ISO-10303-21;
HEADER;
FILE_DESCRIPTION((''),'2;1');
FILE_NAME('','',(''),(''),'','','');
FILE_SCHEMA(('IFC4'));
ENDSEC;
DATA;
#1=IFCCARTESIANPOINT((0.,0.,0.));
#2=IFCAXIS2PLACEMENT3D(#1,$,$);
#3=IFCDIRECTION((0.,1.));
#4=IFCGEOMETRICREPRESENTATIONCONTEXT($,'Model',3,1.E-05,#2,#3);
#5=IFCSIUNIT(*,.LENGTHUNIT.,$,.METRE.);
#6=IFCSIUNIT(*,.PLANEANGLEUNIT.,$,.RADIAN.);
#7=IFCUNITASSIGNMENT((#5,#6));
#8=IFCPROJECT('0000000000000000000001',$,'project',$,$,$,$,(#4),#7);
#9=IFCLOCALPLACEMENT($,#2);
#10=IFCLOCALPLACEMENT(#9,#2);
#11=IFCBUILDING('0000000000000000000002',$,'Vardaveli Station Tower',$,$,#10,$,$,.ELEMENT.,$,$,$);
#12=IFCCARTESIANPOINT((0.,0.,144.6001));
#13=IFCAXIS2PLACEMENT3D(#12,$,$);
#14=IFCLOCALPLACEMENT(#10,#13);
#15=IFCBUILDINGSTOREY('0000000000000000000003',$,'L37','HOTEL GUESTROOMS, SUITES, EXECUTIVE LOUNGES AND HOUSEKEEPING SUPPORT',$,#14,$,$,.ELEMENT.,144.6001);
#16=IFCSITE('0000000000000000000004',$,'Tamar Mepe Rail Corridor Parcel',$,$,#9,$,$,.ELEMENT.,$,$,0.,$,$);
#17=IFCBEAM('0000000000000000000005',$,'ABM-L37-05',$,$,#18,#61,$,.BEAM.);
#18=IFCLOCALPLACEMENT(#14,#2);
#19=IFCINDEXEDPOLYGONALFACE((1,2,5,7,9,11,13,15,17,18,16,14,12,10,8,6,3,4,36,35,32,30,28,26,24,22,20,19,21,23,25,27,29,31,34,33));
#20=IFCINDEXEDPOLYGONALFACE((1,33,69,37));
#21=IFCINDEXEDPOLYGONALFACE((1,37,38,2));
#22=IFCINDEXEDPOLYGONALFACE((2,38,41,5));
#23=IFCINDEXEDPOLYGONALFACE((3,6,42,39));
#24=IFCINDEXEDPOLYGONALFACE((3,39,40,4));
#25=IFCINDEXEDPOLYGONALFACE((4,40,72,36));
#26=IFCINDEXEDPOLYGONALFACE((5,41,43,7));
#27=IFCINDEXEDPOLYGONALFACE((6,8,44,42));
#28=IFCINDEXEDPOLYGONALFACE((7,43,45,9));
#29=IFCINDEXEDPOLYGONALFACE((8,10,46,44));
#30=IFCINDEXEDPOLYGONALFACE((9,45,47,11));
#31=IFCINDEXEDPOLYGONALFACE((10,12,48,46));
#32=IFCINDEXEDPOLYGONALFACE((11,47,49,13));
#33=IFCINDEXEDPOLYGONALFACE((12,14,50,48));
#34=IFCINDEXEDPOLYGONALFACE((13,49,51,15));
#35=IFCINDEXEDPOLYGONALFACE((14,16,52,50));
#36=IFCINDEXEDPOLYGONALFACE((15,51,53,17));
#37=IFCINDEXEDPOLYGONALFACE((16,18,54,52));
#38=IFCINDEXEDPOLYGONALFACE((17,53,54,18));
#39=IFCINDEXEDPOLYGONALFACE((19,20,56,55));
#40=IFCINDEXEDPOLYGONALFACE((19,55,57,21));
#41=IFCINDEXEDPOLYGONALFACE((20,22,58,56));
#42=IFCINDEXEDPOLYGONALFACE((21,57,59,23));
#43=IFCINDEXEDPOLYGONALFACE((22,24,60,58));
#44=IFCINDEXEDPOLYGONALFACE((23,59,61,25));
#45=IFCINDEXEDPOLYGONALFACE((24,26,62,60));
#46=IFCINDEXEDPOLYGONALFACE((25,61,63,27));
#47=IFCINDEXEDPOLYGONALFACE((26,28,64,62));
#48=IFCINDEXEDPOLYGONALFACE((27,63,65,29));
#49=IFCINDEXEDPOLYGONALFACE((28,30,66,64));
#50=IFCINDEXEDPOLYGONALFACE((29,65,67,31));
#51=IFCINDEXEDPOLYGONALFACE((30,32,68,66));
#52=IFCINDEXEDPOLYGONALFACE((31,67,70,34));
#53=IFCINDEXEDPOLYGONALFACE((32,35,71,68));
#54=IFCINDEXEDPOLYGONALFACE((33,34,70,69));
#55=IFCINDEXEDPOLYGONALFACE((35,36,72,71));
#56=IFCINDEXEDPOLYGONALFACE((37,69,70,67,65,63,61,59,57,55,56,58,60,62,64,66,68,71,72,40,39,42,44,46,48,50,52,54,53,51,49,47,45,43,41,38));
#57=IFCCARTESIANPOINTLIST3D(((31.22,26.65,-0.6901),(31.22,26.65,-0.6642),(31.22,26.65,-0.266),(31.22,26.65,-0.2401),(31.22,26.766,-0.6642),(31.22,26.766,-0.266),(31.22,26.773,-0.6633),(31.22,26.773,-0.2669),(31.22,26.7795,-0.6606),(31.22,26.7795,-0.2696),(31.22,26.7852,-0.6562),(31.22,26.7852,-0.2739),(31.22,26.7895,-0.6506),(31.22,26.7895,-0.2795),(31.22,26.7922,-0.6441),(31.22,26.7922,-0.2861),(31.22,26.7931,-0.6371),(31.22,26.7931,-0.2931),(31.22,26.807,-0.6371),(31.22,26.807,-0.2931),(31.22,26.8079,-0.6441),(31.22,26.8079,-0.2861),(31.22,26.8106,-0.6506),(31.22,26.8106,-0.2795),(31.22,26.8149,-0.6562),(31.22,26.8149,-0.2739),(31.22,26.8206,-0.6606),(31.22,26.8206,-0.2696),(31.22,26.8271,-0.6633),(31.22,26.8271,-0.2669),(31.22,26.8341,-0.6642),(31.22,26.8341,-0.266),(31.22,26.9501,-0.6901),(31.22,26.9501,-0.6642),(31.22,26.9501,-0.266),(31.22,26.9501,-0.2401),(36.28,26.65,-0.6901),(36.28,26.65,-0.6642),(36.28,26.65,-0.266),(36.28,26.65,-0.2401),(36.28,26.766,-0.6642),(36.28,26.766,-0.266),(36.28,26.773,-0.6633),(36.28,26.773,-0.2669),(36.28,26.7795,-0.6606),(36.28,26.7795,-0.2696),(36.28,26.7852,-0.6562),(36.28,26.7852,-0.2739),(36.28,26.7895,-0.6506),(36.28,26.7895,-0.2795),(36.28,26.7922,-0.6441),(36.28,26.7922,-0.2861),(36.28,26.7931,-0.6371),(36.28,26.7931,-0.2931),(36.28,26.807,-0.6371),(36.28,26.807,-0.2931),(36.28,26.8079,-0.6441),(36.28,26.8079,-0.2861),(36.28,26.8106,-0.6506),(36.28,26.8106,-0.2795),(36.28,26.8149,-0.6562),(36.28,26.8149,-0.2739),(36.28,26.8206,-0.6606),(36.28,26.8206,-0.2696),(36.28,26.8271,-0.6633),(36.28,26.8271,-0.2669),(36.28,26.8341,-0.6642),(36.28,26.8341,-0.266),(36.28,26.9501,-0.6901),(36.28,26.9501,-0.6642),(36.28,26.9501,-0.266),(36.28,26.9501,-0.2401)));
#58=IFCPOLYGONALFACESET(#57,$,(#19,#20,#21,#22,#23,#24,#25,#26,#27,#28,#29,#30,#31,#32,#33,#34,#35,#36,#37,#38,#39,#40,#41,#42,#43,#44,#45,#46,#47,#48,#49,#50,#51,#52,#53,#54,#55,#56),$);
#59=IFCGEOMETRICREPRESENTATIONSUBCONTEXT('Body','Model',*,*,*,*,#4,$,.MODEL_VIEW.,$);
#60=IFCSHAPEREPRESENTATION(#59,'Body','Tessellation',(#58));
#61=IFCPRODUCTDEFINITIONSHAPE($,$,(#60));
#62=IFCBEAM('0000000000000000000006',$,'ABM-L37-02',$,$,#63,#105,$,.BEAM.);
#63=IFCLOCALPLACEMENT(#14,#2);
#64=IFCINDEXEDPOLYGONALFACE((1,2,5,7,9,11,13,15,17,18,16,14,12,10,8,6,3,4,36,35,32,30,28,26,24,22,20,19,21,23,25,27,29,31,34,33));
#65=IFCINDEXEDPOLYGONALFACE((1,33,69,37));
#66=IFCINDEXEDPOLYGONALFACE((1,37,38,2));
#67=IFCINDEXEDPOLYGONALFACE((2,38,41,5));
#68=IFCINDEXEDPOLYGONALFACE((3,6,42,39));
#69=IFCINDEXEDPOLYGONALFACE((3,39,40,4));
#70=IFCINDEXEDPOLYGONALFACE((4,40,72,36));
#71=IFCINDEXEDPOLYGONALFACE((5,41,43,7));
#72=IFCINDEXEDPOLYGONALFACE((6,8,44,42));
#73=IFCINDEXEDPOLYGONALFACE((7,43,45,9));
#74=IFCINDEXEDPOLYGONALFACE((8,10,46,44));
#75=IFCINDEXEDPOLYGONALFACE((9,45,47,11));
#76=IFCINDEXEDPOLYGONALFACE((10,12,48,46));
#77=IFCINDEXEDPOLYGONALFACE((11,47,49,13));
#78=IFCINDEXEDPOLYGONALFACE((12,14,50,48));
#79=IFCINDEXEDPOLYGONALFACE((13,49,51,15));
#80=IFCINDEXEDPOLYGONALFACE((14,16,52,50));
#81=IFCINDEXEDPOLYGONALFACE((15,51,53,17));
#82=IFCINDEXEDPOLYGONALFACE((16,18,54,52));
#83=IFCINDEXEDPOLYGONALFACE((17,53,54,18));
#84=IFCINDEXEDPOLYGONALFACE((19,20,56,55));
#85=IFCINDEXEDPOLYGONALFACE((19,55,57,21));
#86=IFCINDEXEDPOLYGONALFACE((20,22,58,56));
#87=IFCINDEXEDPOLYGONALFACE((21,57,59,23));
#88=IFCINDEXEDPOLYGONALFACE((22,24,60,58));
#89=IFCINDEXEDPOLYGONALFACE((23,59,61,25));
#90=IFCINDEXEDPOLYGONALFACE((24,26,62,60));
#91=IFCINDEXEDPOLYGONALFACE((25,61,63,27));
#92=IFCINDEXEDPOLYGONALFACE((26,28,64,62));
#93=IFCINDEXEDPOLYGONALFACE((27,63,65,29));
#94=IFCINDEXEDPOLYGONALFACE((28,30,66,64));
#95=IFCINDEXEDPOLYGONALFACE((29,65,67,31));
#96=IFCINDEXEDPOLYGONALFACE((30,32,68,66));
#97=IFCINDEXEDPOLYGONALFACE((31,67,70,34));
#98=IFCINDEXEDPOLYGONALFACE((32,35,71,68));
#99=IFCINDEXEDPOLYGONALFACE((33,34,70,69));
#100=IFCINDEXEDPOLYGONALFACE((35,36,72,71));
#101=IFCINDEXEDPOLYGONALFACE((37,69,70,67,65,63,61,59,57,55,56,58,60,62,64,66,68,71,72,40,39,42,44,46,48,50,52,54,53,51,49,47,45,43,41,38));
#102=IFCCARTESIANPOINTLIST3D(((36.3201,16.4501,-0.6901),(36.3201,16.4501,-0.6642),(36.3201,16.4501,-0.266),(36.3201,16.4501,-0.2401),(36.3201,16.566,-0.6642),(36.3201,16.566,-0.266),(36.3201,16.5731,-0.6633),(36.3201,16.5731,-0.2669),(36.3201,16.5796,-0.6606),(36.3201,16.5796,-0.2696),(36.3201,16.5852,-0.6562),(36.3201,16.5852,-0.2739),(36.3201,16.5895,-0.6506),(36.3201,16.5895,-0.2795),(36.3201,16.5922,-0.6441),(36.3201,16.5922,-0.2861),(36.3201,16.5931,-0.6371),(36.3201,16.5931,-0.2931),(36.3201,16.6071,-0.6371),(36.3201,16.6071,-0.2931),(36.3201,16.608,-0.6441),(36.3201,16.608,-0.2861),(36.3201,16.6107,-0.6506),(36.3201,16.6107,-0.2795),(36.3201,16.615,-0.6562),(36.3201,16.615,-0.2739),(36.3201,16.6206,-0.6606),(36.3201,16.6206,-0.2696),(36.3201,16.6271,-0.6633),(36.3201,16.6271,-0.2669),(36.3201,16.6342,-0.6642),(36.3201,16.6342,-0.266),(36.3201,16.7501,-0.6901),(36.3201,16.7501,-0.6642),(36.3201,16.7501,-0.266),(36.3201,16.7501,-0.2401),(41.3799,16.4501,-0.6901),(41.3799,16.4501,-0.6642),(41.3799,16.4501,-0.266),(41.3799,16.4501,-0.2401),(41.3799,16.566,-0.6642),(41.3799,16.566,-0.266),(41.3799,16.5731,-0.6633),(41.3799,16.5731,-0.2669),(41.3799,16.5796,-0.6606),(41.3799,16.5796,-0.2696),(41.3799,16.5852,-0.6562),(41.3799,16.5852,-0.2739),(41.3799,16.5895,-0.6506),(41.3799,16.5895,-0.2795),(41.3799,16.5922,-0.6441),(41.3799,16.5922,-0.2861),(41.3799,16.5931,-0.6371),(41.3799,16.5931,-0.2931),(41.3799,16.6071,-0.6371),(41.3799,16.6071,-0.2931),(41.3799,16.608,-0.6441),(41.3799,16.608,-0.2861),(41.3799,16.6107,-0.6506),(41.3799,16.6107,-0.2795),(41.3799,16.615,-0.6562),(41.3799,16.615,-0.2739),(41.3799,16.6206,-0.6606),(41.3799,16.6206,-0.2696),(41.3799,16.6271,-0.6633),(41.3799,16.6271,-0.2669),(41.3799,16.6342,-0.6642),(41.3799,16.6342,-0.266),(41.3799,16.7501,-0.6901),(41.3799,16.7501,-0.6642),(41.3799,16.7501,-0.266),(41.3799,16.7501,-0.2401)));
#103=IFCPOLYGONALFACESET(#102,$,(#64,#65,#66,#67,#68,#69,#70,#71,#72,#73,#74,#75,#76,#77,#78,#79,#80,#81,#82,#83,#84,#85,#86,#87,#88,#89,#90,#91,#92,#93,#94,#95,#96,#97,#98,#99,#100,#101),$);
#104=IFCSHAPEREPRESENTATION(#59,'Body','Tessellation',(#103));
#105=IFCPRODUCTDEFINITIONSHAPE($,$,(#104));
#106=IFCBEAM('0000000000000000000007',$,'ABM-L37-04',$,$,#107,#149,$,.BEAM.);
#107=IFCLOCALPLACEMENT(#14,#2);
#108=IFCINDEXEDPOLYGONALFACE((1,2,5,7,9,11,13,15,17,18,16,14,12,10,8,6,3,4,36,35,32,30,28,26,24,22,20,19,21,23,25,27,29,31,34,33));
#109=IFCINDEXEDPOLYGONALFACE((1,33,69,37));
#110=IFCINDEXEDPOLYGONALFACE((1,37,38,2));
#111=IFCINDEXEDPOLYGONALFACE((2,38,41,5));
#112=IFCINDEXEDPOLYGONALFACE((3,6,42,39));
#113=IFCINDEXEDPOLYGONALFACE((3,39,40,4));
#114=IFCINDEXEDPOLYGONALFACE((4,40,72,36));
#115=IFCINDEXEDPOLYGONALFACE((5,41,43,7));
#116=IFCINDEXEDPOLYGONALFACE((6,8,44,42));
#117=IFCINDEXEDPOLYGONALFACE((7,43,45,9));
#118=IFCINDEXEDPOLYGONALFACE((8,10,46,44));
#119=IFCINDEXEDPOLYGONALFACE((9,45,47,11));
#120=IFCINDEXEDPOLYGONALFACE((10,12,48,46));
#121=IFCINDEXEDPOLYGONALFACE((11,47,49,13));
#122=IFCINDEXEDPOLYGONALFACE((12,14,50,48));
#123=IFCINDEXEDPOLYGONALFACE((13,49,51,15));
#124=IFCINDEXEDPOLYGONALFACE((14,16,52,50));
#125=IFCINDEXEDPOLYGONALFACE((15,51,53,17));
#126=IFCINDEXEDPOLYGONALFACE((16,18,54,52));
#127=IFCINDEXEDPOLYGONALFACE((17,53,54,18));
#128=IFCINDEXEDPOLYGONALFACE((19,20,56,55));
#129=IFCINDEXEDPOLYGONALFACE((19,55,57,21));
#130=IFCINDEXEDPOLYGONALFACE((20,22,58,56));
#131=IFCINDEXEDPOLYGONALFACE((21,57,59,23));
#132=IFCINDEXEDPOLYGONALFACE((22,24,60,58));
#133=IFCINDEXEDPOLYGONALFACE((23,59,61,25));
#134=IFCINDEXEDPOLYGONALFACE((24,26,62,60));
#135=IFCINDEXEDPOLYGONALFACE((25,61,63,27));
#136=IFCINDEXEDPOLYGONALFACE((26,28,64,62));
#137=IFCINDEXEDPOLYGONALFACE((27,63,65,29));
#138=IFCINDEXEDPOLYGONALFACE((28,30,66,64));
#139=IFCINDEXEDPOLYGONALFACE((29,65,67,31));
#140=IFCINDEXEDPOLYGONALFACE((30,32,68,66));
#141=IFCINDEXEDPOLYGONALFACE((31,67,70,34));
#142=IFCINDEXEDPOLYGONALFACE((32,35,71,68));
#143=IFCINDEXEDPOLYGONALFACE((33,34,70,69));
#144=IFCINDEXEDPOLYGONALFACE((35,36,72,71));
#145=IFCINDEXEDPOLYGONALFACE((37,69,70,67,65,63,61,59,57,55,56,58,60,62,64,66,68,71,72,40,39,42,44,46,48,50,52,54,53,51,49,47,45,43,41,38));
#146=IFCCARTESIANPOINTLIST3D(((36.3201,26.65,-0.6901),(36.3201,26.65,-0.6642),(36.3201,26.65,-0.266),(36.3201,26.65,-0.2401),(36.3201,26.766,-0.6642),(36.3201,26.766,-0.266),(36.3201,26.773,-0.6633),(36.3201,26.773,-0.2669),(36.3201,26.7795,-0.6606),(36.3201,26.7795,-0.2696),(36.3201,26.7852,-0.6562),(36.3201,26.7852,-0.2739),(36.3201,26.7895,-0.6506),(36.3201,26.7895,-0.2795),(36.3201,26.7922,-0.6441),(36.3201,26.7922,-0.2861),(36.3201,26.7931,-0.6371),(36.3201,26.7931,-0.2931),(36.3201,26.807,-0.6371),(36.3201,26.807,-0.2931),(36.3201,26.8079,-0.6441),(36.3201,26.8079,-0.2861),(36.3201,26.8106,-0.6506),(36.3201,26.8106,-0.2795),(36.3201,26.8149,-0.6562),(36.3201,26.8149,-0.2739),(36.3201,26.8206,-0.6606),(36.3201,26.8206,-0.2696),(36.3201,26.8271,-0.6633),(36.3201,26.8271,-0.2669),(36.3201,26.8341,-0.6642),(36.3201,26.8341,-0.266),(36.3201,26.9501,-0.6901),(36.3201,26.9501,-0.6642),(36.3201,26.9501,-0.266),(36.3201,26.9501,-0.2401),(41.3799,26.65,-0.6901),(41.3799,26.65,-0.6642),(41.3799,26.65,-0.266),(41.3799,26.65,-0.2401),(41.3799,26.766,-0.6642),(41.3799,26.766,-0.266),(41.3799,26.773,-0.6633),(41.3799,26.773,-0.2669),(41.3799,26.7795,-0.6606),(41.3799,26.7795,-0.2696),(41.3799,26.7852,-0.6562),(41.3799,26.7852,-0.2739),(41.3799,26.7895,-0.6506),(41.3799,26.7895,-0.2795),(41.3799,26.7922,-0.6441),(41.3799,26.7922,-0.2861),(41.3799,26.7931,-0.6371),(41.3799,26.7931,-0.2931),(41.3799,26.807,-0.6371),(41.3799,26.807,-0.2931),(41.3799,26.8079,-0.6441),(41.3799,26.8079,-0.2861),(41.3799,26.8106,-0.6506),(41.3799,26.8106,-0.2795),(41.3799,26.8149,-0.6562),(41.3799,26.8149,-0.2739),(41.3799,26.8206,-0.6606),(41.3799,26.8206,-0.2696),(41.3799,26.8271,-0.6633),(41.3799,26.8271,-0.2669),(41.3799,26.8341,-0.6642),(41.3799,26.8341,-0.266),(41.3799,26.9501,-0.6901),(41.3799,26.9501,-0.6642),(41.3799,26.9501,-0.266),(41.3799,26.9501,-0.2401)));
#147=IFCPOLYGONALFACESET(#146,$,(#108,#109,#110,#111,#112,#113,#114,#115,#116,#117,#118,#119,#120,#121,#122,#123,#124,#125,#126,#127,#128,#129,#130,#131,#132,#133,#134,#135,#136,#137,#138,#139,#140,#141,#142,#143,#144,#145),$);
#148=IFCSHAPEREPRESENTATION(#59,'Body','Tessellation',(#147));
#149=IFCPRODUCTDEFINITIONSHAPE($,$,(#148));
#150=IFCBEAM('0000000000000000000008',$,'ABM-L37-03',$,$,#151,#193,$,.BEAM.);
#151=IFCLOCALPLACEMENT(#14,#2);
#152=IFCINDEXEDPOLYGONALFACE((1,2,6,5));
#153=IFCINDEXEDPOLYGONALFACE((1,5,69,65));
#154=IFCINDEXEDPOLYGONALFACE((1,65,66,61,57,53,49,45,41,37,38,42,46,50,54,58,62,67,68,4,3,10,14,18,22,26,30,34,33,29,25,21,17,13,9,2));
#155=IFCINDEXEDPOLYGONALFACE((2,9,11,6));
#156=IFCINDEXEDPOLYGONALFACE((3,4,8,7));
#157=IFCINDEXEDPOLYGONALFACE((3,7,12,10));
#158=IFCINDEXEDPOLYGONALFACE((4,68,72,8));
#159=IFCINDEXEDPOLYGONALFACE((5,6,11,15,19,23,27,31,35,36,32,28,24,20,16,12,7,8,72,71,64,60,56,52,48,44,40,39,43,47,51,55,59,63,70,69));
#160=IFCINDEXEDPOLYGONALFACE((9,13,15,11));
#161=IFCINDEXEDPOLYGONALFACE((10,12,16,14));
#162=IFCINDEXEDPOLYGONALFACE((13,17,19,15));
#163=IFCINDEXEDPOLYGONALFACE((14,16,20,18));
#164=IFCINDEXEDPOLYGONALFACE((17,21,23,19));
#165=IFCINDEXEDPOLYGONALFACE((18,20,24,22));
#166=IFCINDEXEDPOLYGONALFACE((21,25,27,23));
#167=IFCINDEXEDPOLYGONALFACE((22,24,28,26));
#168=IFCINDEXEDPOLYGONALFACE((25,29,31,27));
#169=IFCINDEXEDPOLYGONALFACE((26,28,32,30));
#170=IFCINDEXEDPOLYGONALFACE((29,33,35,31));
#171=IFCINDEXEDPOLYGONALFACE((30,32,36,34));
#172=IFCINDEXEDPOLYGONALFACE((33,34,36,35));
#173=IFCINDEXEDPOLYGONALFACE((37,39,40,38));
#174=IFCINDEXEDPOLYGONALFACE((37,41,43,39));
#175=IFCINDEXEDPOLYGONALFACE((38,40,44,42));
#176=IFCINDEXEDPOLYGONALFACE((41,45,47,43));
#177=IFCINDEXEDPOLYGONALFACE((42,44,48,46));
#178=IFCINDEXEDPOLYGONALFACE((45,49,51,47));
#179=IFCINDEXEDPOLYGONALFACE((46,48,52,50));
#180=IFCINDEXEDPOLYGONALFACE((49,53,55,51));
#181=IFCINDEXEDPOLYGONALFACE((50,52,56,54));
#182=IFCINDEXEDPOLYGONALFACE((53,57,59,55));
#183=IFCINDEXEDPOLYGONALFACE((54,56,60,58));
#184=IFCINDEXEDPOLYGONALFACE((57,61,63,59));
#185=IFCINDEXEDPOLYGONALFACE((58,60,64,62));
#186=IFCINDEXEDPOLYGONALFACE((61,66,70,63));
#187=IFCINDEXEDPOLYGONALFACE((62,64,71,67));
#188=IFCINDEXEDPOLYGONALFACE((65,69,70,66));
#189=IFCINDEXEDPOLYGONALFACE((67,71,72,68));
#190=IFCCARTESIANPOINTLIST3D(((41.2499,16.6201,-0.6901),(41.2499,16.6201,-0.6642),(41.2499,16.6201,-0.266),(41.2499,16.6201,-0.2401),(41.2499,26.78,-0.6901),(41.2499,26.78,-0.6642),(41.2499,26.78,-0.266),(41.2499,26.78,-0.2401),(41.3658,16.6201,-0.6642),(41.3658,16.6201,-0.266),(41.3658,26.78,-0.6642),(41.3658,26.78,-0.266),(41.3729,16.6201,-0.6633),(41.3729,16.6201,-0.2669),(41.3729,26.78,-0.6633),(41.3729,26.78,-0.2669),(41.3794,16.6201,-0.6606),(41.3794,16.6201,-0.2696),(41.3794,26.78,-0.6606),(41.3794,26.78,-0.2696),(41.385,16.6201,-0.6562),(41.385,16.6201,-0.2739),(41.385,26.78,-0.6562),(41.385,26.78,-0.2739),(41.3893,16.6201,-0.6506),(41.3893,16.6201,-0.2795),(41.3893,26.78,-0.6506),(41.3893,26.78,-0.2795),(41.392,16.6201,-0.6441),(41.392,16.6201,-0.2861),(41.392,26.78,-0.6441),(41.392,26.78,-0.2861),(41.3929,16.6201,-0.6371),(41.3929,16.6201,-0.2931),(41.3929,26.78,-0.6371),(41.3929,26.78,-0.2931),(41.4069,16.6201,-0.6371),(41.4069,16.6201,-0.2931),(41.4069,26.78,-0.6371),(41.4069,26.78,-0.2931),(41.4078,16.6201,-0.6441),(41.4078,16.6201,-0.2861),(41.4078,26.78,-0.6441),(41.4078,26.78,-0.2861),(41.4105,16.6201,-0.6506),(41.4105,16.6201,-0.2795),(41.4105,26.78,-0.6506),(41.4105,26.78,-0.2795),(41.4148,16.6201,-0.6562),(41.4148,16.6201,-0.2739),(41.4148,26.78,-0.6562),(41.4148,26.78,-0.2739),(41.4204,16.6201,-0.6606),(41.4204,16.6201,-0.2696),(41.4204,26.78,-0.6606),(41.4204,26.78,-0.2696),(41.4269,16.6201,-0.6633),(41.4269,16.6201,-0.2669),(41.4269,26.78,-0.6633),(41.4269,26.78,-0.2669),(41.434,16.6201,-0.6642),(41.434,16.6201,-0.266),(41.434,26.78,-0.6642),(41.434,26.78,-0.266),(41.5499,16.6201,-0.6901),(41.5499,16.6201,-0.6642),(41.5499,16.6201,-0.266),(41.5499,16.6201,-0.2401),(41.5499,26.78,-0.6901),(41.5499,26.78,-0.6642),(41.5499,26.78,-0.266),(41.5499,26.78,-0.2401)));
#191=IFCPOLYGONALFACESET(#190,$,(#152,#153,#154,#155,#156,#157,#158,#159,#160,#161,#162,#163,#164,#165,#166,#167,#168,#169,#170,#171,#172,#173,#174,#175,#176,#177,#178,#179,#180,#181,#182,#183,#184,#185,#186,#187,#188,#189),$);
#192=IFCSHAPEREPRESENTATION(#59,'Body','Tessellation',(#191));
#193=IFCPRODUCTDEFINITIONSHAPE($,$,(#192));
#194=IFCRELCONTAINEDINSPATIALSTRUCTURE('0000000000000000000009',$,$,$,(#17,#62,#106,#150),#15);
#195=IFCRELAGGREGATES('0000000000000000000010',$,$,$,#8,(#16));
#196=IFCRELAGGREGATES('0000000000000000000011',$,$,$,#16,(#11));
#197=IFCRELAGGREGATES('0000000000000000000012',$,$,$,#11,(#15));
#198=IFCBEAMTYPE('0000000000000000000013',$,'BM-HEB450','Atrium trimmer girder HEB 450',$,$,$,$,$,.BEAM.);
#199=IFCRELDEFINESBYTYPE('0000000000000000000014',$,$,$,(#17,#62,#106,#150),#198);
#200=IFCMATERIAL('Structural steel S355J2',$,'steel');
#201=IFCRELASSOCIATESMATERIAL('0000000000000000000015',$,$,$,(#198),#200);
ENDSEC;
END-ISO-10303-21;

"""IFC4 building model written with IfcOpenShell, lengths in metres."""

from ifc_helpers import new_model, si_unit, direction, frame, origin, origin_2d, place, context, subcontext, project, spatial, i_section, extrude, source, transform, mapped, material, material_profile, profile_set, type_object, element, save


model = new_model("IFC4")

# Units and contexts
model_context = context("Model", 3, precision=1e-05, world=origin(), true_north=direction((0.0, 1.0)))
body_context = subcontext(model_context, "Body", "Model", "MODEL_VIEW")
ifc_project = project(units=[si_unit("LENGTHUNIT", "METRE"), si_unit("PLANEANGLEUNIT", "RADIAN")], contexts=[model_context])

# Site, building, storey
site_placement = place(None, origin())
site = spatial("IfcSite", under=ifc_project, at=site_placement, Name="Tamar Mepe Rail Corridor Parcel", CompositionType="ELEMENT", RefElevation=0.0)
building_placement = place(site_placement, origin())
building = spatial("IfcBuilding", under=site, at=building_placement, Name="Vardaveli Station Tower", CompositionType="ELEMENT")
storey_placement = place(building_placement, frame((0.0, 0.0, 144.6001)))
storey = spatial("IfcBuildingStorey", under=building, at=storey_placement, Name="L37", Description="HOTEL GUESTROOMS, SUITES, EXECUTIVE LOUNGES AND HOUSEKEEPING SUPPORT", CompositionType="ELEMENT", Elevation=144.6001)

# Beams
ifc_material_1 = material(Name="Structural steel S355J2", Category="steel")
ifc_material_profile_1 = material_profile(ifc_material_1, i_section(OverallWidth=0.3, OverallDepth=0.45, WebThickness=0.0139, FlangeThickness=0.0259, FilletRadius=0.0271, at=origin_2d()), Name="HEB 450")
ifc_profile_set_1 = profile_set([ifc_material_profile_1], Name="Structural steel S355J2")
beam_type_1 = type_object("IfcBeamType", Name="BM-HEB450", Description="Atrium trimmer girder HEB 450", PredefinedType="BEAM", material=ifc_profile_set_1)
shared_shape_1 = source(origin(), body_context, "Body", "SweptSolid", [
    extrude(i_section(OverallWidth=0.3, OverallDepth=0.45, WebThickness=0.0139, FlangeThickness=0.0259, FilletRadius=0.0271, at=origin_2d()), origin(), (0.0, 0.0, 1.0), 5.0601),
])
beam_1_placement = place(storey_placement, frame((36.28, 26.8, -0.4651), z_axis=(-1.0, 0.0, 0.0), x_axis=(0.0, -1.0, 0.0)))
element("IfcBeam", 1, at=beam_1_placement, inside=storey, type_object=beam_type_1, Name="ABM-L37-05", PredefinedType="BEAM", context=body_context, shape_type="MappedRepresentation", body=[
    mapped(shared_shape_1, transform((0.0, 0.0, 0.0), scale=1.0)),
])
shared_shape_2 = source(origin(), body_context, "Body", "SweptSolid", [
    extrude(i_section(OverallWidth=0.3, OverallDepth=0.45, WebThickness=0.0139, FlangeThickness=0.0259, FilletRadius=0.0271, at=origin_2d()), origin(), (0.0, 0.0, 1.0), 5.0598),
])
for number, where, z_axis, x_axis, name in (
    (2, (36.3201, 16.6001, -0.4651), (1.0, 0.0, 0.0), (0.0, 1.0, 0.0), "ABM-L37-02"),
    (3, (41.3799, 26.8, -0.4651), (-1.0, 0.0, 0.0), (0.0, -1.0, 0.0), "ABM-L37-04"),
):
    element("IfcBeam", number, at=place(storey_placement, frame(where, z_axis=z_axis, x_axis=x_axis)), inside=storey, type_object=beam_type_1, Name=name, PredefinedType="BEAM", context=body_context, shape_type="MappedRepresentation", body=[
        mapped(shared_shape_2, transform((0.0, 0.0, 0.0), scale=1.0)),
    ])
shared_shape_3 = source(origin(), body_context, "Body", "SweptSolid", [
    extrude(i_section(OverallWidth=0.3, OverallDepth=0.45, WebThickness=0.0139, FlangeThickness=0.0259, FilletRadius=0.0271, at=origin_2d()), origin(), (0.0, 0.0, 1.0), 10.1599),
])
for number, where, z_axis, x_axis, name in (
    (4, (41.3999, 16.6201, -0.4651), (0.0, 1.0, 0.0), (-1.0, 0.0, 0.0), "ABM-L37-03"),
):
    element("IfcBeam", number, at=place(storey_placement, frame(where, z_axis=z_axis, x_axis=x_axis)), inside=storey, type_object=beam_type_1, Name=name, PredefinedType="BEAM", context=body_context, shape_type="MappedRepresentation", body=[
        mapped(shared_shape_3, transform((0.0, 0.0, 0.0), scale=1.0)),
    ])

save(model, "model.ifc")
